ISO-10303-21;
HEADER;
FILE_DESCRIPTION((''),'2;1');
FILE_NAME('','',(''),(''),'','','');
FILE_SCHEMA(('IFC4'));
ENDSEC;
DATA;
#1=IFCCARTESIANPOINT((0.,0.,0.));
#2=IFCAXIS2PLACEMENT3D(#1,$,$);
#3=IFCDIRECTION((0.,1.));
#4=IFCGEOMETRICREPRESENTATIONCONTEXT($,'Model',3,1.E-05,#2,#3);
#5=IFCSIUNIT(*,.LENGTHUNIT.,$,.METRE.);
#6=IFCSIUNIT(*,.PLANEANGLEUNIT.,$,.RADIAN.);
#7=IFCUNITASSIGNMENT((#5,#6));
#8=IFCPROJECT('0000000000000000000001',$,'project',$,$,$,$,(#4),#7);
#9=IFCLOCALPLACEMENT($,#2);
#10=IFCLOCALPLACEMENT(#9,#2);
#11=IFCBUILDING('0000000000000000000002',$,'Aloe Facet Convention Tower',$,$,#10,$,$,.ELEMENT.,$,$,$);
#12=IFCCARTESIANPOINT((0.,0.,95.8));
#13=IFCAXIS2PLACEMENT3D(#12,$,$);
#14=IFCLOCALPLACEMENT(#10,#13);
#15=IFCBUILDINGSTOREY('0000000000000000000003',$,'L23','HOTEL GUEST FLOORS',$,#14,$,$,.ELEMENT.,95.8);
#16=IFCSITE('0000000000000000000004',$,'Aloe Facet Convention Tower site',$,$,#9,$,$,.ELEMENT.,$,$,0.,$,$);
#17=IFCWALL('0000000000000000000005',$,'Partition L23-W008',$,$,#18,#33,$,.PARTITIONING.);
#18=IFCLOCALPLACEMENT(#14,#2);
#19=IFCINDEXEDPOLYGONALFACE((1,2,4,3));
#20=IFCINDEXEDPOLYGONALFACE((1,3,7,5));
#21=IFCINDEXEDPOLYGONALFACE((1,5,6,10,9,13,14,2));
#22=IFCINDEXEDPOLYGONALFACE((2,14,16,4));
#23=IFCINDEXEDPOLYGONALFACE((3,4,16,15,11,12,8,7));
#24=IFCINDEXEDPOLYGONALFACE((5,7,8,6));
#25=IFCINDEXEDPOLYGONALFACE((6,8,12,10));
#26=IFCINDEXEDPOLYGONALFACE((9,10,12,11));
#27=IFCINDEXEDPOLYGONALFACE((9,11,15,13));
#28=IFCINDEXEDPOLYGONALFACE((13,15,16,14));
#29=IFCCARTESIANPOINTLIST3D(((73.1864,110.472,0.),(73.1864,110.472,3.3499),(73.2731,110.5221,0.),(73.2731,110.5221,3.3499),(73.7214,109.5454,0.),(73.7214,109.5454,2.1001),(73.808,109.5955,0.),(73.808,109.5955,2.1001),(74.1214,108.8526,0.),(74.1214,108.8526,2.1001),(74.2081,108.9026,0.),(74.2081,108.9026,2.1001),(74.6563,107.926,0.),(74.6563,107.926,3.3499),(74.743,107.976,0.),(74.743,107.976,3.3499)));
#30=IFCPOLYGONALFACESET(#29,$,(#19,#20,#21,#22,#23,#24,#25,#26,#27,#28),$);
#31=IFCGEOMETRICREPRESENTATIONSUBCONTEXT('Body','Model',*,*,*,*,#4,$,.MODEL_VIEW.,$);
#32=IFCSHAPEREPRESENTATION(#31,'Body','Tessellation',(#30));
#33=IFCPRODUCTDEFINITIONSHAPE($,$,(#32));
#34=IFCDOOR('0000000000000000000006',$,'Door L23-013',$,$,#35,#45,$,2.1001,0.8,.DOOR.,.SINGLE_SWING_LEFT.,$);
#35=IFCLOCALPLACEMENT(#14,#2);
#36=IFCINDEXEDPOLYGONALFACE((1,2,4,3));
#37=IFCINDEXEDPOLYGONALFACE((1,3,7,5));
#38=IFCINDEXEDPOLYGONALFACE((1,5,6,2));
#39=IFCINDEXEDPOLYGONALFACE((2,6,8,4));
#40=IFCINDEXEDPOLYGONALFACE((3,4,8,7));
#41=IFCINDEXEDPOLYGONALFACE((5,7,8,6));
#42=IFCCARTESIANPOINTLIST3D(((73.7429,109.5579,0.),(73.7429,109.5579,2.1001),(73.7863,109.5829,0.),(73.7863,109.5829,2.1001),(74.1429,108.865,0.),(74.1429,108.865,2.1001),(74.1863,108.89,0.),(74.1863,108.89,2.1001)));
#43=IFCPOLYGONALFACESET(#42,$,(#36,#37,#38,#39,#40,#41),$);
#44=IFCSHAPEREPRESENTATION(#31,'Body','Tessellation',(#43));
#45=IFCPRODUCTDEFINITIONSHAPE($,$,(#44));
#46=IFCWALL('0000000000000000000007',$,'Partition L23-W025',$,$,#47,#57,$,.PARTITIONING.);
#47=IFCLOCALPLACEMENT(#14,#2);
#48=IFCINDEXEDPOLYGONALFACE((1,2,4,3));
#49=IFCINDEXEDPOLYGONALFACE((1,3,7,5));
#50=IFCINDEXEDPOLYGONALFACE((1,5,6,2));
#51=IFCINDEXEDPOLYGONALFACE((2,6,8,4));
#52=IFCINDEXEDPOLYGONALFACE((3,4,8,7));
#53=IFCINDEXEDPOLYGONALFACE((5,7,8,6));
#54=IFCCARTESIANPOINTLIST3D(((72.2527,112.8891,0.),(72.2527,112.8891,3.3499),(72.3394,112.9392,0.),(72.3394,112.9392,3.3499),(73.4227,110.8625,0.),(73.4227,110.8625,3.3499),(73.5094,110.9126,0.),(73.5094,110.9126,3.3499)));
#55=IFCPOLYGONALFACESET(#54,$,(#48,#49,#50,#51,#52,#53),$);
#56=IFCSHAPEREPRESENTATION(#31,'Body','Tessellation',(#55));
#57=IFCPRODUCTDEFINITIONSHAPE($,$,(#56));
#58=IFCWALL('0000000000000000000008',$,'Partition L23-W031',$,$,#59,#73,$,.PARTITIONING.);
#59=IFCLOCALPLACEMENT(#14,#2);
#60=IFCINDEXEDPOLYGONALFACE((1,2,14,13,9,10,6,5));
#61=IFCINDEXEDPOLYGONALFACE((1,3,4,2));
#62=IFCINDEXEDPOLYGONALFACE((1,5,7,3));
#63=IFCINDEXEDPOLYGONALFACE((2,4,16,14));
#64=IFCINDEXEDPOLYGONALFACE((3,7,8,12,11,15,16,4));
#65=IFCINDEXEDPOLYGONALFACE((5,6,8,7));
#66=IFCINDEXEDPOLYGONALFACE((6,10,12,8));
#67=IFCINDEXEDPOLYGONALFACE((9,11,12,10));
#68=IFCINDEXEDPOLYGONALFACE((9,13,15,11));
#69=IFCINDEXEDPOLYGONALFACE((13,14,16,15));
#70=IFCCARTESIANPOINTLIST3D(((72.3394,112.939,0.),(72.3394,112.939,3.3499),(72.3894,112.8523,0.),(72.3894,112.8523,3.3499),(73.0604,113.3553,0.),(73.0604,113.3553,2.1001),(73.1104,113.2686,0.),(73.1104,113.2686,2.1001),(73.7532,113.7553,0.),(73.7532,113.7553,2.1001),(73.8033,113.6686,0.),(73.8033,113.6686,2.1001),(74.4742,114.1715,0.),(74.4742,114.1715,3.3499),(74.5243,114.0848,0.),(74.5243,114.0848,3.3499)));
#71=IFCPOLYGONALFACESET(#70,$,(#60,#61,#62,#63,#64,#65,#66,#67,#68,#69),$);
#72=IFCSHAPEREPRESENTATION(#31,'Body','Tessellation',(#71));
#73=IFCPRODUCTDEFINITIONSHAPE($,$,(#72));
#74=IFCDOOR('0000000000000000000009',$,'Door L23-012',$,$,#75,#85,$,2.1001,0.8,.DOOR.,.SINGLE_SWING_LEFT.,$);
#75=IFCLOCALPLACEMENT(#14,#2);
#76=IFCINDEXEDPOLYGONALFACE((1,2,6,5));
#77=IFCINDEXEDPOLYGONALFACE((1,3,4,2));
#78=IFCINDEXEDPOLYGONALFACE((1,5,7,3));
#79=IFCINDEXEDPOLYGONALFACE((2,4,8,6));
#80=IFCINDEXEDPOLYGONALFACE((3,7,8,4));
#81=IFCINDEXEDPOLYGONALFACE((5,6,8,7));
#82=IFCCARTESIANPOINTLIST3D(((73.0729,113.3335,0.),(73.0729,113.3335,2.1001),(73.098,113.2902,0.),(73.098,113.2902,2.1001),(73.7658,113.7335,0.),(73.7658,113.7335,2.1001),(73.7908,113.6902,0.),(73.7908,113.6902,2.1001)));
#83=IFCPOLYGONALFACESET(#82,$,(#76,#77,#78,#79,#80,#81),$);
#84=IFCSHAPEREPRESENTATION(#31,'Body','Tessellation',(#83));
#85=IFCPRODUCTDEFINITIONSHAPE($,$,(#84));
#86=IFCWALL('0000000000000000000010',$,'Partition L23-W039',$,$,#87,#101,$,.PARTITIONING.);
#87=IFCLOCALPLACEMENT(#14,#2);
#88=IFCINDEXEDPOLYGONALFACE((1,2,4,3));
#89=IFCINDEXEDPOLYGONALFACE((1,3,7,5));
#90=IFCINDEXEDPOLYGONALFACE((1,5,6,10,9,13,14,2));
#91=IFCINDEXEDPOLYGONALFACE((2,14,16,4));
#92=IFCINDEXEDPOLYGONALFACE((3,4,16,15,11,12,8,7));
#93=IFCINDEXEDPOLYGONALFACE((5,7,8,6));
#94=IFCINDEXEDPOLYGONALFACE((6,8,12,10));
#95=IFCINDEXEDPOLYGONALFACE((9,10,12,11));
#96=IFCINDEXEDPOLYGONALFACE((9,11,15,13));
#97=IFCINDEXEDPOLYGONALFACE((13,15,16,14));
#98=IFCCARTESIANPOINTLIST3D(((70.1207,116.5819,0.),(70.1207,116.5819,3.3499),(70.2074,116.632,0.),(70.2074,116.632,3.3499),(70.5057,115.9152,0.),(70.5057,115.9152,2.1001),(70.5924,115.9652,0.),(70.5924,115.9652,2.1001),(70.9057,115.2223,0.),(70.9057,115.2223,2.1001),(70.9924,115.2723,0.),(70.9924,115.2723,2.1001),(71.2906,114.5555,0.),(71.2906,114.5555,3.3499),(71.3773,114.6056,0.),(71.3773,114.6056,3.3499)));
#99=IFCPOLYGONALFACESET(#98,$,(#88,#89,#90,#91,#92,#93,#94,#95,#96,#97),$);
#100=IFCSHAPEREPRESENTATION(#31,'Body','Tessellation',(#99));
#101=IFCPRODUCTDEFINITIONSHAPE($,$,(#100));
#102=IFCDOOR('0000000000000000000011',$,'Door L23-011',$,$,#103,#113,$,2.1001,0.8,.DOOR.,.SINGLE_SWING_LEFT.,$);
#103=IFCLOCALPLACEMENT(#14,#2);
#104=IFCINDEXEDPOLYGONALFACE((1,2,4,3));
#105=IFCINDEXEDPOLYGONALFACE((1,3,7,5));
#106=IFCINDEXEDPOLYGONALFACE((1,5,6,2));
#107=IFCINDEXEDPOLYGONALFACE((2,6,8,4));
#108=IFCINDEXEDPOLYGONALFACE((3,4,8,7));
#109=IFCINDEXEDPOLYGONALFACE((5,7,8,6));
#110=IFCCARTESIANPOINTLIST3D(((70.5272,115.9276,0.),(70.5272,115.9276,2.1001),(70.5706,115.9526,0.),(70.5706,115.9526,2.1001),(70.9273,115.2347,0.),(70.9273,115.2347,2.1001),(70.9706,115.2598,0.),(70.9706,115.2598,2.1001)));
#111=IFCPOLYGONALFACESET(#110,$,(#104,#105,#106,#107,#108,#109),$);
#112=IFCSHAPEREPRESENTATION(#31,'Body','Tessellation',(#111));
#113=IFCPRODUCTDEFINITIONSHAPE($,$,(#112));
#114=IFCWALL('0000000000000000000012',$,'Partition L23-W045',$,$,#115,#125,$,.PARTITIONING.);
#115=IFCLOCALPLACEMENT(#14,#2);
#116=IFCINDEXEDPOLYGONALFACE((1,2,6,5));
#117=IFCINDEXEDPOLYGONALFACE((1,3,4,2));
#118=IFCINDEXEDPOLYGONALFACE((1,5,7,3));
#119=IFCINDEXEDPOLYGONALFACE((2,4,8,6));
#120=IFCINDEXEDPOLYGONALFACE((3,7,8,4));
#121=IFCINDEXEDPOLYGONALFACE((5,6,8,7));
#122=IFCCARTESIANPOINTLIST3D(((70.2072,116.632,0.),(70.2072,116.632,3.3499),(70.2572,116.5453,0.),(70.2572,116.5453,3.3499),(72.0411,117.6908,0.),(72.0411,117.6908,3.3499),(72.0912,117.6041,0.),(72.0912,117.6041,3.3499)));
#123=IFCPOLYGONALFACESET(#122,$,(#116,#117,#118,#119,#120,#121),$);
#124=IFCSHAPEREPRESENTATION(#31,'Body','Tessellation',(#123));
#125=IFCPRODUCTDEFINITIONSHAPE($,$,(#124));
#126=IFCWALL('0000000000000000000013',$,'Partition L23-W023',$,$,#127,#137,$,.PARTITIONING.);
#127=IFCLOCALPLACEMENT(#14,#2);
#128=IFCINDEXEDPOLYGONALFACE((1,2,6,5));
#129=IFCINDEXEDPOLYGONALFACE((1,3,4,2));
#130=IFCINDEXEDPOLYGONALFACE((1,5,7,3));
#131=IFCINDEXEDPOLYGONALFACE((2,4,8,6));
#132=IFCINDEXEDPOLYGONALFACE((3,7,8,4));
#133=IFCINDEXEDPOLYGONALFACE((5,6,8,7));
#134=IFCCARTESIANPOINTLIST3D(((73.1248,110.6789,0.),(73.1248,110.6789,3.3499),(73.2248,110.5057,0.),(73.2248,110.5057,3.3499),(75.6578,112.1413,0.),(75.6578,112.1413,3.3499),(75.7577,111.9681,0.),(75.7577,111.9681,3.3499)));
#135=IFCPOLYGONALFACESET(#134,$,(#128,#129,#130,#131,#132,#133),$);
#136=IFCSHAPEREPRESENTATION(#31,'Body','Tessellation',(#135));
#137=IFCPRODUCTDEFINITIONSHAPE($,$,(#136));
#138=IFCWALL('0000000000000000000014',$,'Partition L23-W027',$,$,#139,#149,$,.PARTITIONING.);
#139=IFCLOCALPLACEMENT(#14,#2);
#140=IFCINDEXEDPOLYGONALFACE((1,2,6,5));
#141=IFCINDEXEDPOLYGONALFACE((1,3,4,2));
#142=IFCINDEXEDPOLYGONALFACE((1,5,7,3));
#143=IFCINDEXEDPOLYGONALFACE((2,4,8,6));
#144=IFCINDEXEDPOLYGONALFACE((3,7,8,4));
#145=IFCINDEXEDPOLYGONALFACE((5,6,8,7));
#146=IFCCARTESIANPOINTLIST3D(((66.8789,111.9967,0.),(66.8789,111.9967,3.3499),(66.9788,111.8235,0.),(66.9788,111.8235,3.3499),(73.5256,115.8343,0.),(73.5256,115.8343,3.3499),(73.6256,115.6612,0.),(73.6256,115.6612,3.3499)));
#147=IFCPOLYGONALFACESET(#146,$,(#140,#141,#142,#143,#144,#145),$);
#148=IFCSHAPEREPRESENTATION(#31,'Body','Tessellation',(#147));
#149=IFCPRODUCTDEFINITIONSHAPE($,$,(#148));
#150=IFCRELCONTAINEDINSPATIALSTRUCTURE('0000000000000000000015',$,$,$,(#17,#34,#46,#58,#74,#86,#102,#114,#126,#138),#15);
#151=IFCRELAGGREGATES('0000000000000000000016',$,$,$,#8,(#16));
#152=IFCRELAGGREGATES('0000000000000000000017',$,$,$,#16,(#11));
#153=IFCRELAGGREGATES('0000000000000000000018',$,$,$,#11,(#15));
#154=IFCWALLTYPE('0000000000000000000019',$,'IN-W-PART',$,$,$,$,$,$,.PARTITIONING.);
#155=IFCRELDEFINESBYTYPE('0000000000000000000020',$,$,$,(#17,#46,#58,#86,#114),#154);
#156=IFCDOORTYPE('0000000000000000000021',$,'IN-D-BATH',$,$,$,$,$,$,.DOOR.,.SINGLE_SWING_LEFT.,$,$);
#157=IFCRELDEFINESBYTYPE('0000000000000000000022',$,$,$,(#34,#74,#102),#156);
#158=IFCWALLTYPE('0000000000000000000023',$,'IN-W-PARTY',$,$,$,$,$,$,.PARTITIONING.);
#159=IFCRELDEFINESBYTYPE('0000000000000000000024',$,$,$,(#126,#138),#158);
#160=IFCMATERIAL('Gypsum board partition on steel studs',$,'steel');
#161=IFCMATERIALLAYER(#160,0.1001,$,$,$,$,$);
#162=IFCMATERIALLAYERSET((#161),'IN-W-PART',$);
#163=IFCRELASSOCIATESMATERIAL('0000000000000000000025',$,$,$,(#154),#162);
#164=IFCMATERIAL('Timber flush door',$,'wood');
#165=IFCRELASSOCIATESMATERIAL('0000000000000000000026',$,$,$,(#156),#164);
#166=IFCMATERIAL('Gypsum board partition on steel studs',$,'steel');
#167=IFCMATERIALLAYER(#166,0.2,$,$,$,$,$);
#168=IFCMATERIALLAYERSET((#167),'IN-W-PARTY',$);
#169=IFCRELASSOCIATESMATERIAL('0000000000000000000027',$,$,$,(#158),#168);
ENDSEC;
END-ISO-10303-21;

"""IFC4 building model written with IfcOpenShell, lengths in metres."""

from ifc_helpers import new_model, si_unit, direction, frame, frame_2d, origin, place, context, subcontext, project, spatial, rectangle, extrude, material, layer, layer_set, type_object, element, fill, save


model = new_model("IFC4")

# Units and contexts
model_context = context("Model", 3, precision=1e-05, world=origin(), true_north=direction((0.0, 1.0)))
body_context = subcontext(model_context, "Body", "Model", "MODEL_VIEW")
ifc_project = project(units=[si_unit("LENGTHUNIT", "METRE"), si_unit("PLANEANGLEUNIT", "RADIAN")], contexts=[model_context])

# Site, building, storey
site_placement = place(None, origin())
site = spatial("IfcSite", under=ifc_project, at=site_placement, Name="Aloe Facet Convention Tower site", CompositionType="ELEMENT", RefElevation=0.0)
building_placement = place(site_placement, origin())
building = spatial("IfcBuilding", under=site, at=building_placement, Name="Aloe Facet Convention Tower", CompositionType="ELEMENT")
storey_placement = place(building_placement, frame((0.0, 0.0, 95.8)))
storey = spatial("IfcBuildingStorey", under=building, at=storey_placement, Name="L23", Description="HOTEL GUEST FLOORS", CompositionType="ELEMENT", Elevation=95.8)

# Wall, opening, door
ifc_material_1 = material(Name="Gypsum board partition on steel studs", Category="steel")
ifc_layer_1 = layer(ifc_material_1, 0.1001)
ifc_layer_set_1 = layer_set([ifc_layer_1], Name="IN-W-PART")
wall_type_1 = type_object("IfcWallType", Name="IN-W-PART", PredefinedType="PARTITIONING", material=ifc_layer_set_1)
wall_1_placement = place(storey_placement, frame((73.2297, 110.4971, 0.0), z_axis=(0.0, 0.0, 1.0), x_axis=(0.499988, -0.866032, 0.0)))
wall_1 = element("IfcWall", 1, at=wall_1_placement, inside=storey, type_object=wall_type_1, Name="Partition L23-W008", PredefinedType="PARTITIONING", context=body_context, shape_type="SweptSolid", body=[
    extrude(rectangle(XDim=2.9399, YDim=0.1001, at=frame_2d((1.47, 0.0))), origin(), (0.0, 0.0, 1.0), 3.3499),
])
opening_1_placement = place(wall_1_placement, frame((1.0701, 0.0, 0.0)))
opening_1 = element("IfcOpeningElement", 2, at=opening_1_placement, cuts=wall_1, PredefinedType="OPENING", context=body_context, shape_type="SweptSolid", body=[
    extrude(rectangle(XDim=0.8, YDim=2.1001, at=frame_2d((0.3999, 1.05))), frame((0.0, 0.0601, 0.0), z_axis=(0.0, -1.0, 0.0), x_axis=(1.0, 0.0, 0.0)), (0.0, 0.0, 1.0), 0.1201),
])
ifc_material_2 = material(Name="Timber flush door", Category="wood")
door_type_1 = type_object("IfcDoorType", Name="IN-D-BATH", OperationType="SINGLE_SWING_LEFT", PredefinedType="DOOR", material=ifc_material_2)
door_1_placement = place(opening_1_placement, origin())
door_1 = element("IfcDoor", 3, at=door_1_placement, inside=storey, type_object=door_type_1, Name="Door L23-013", OperationType="SINGLE_SWING_LEFT", OverallHeight=2.1001, OverallWidth=0.8, PredefinedType="DOOR", context=body_context, shape_type="SweptSolid", body=[
    extrude(rectangle(XDim=0.8, YDim=2.1001, at=frame_2d((0.3999, 1.05))), frame((0.0, 0.0249, 0.0), z_axis=(0.0, -1.0, 0.0), x_axis=(1.0, 0.0, 0.0)), (0.0, 0.0, 1.0), 0.05),
])
fill(opening_1, door_1)

# Wall
wall_2_placement = place(storey_placement, frame((72.2961, 112.9141, 0.0), z_axis=(0.0, 0.0, 1.0), x_axis=(0.499954, -0.866052, 0.0)))
element("IfcWall", 4, at=wall_2_placement, inside=storey, type_object=wall_type_1, Name="Partition L23-W025", PredefinedType="PARTITIONING", context=body_context, shape_type="SweptSolid", body=[
    extrude(rectangle(XDim=2.3401, YDim=0.1001, at=frame_2d((1.1699, 0.0))), origin(), (0.0, 0.0, 1.0), 3.3499),
])

# Walls, openings, doors
wall_3_placement = place(storey_placement, frame((72.3645, 112.8958, 0.0), z_axis=(0.0, 0.0, 1.0), x_axis=(0.86604, 0.499974, 0.0)))
wall_3 = element("IfcWall", 5, at=wall_3_placement, inside=storey, type_object=wall_type_1, Name="Partition L23-W031", PredefinedType="PARTITIONING", context=body_context, shape_type="SweptSolid", body=[
    extrude(rectangle(XDim=2.4651, YDim=0.1001, at=frame_2d((1.2324, 0.0))), origin(), (0.0, 0.0, 1.0), 3.3499),
])
opening_2_placement = place(wall_3_placement, frame((0.8325, 0.0, 0.0)))
opening_2 = element("IfcOpeningElement", 6, at=opening_2_placement, cuts=wall_3, PredefinedType="OPENING", context=body_context, shape_type="SweptSolid", body=[
    extrude(rectangle(XDim=0.8, YDim=2.1001, at=frame_2d((0.3999, 1.05))), frame((0.0, 0.0601, 0.0), z_axis=(0.0, -1.0, 0.0), x_axis=(1.0, 0.0, 0.0)), (0.0, 0.0, 1.0), 0.1201),
])
door_2_placement = place(opening_2_placement, origin())
door_2 = element("IfcDoor", 7, at=door_2_placement, inside=storey, type_object=door_type_1, Name="Door L23-012", OperationType="SINGLE_SWING_LEFT", OverallHeight=2.1001, OverallWidth=0.8, PredefinedType="DOOR", context=body_context, shape_type="SweptSolid", body=[
    extrude(rectangle(XDim=0.8, YDim=2.1001, at=frame_2d((0.3999, 1.05))), frame((0.0, 0.0249, 0.0), z_axis=(0.0, -1.0, 0.0), x_axis=(1.0, 0.0, 0.0)), (0.0, 0.0, 1.0), 0.05),
])
fill(opening_2, door_2)
wall_4_placement = place(storey_placement, frame((70.1641, 116.6069, 0.0), z_axis=(0.0, 0.0, 1.0), x_axis=(0.499999, -0.866026, 0.0)))
wall_4 = element("IfcWall", 8, at=wall_4_placement, inside=storey, type_object=wall_type_1, Name="Partition L23-W039", PredefinedType="PARTITIONING", context=body_context, shape_type="SweptSolid", body=[
    extrude(rectangle(XDim=2.3398, YDim=0.1001, at=frame_2d((1.1699, 0.0))), origin(), (0.0, 0.0, 1.0), 3.3499),
])
opening_3_placement = place(wall_4_placement, frame((0.77, 0.0, 0.0)))
opening_3 = element("IfcOpeningElement", 9, at=opening_3_placement, cuts=wall_4, PredefinedType="OPENING", context=body_context, shape_type="SweptSolid", body=[
    extrude(rectangle(XDim=0.8, YDim=2.1001, at=frame_2d((0.3999, 1.05))), frame((0.0, 0.0601, 0.0), z_axis=(0.0, -1.0, 0.0), x_axis=(1.0, 0.0, 0.0)), (0.0, 0.0, 1.0), 0.1201),
])
door_3_placement = place(opening_3_placement, origin())
door_3 = element("IfcDoor", 10, at=door_3_placement, inside=storey, type_object=door_type_1, Name="Door L23-011", OperationType="SINGLE_SWING_LEFT", OverallHeight=2.1001, OverallWidth=0.8, PredefinedType="DOOR", context=body_context, shape_type="SweptSolid", body=[
    extrude(rectangle(XDim=0.8, YDim=2.1001, at=frame_2d((0.3999, 1.05))), frame((0.0, 0.0249, 0.0), z_axis=(0.0, -1.0, 0.0), x_axis=(1.0, 0.0, 0.0)), (0.0, 0.0, 1.0), 0.05),
])
fill(opening_3, door_3)

# Walls
wall_5_placement = place(storey_placement, frame((70.2322, 116.5886, 0.0), z_axis=(0.0, 0.0, 1.0), x_axis=(0.866028, 0.499995, 0.0)))
element("IfcWall", 11, at=wall_5_placement, inside=storey, type_object=wall_type_1, Name="Partition L23-W045", PredefinedType="PARTITIONING", context=body_context, shape_type="SweptSolid", body=[
    extrude(rectangle(XDim=2.1177, YDim=0.1001, at=frame_2d((1.0588, 0.0))), origin(), (0.0, 0.0, 1.0), 3.3499),
])
ifc_material_3 = material(Name="Gypsum board partition on steel studs", Category="steel")
ifc_layer_2 = layer(ifc_material_3, 0.2)
ifc_layer_set_2 = layer_set([ifc_layer_2], Name="IN-W-PARTY")
wall_type_2 = type_object("IfcWallType", Name="IN-W-PARTY", PredefinedType="PARTITIONING", material=ifc_layer_set_2)
wall_6_placement = place(storey_placement, frame((73.1748, 110.5923, 0.0), z_axis=(0.0, 0.0, 1.0), x_axis=(0.866026, 0.499999, 0.0)))
element("IfcWall", 12, at=wall_6_placement, inside=storey, type_object=wall_type_2, Name="Partition L23-W023", PredefinedType="PARTITIONING", context=body_context, shape_type="SweptSolid", body=[
    extrude(rectangle(XDim=2.9248, YDim=0.2, at=frame_2d((1.4624, 0.0))), origin(), (0.0, 0.0, 1.0), 3.3499),
])
wall_7_placement = place(storey_placement, frame((66.929, 111.9102, 0.0), z_axis=(0.0, 0.0, 1.0), x_axis=(0.866017, 0.500015, 0.0)))
element("IfcWall", 13, at=wall_7_placement, inside=storey, type_object=wall_type_2, Name="Partition L23-W027", PredefinedType="PARTITIONING", context=body_context, shape_type="SweptSolid", body=[
    extrude(rectangle(XDim=7.675, YDim=0.2, at=frame_2d((3.8374, 0.0))), origin(), (0.0, 0.0, 1.0), 3.3499),
])

save(model, "model.ifc")
